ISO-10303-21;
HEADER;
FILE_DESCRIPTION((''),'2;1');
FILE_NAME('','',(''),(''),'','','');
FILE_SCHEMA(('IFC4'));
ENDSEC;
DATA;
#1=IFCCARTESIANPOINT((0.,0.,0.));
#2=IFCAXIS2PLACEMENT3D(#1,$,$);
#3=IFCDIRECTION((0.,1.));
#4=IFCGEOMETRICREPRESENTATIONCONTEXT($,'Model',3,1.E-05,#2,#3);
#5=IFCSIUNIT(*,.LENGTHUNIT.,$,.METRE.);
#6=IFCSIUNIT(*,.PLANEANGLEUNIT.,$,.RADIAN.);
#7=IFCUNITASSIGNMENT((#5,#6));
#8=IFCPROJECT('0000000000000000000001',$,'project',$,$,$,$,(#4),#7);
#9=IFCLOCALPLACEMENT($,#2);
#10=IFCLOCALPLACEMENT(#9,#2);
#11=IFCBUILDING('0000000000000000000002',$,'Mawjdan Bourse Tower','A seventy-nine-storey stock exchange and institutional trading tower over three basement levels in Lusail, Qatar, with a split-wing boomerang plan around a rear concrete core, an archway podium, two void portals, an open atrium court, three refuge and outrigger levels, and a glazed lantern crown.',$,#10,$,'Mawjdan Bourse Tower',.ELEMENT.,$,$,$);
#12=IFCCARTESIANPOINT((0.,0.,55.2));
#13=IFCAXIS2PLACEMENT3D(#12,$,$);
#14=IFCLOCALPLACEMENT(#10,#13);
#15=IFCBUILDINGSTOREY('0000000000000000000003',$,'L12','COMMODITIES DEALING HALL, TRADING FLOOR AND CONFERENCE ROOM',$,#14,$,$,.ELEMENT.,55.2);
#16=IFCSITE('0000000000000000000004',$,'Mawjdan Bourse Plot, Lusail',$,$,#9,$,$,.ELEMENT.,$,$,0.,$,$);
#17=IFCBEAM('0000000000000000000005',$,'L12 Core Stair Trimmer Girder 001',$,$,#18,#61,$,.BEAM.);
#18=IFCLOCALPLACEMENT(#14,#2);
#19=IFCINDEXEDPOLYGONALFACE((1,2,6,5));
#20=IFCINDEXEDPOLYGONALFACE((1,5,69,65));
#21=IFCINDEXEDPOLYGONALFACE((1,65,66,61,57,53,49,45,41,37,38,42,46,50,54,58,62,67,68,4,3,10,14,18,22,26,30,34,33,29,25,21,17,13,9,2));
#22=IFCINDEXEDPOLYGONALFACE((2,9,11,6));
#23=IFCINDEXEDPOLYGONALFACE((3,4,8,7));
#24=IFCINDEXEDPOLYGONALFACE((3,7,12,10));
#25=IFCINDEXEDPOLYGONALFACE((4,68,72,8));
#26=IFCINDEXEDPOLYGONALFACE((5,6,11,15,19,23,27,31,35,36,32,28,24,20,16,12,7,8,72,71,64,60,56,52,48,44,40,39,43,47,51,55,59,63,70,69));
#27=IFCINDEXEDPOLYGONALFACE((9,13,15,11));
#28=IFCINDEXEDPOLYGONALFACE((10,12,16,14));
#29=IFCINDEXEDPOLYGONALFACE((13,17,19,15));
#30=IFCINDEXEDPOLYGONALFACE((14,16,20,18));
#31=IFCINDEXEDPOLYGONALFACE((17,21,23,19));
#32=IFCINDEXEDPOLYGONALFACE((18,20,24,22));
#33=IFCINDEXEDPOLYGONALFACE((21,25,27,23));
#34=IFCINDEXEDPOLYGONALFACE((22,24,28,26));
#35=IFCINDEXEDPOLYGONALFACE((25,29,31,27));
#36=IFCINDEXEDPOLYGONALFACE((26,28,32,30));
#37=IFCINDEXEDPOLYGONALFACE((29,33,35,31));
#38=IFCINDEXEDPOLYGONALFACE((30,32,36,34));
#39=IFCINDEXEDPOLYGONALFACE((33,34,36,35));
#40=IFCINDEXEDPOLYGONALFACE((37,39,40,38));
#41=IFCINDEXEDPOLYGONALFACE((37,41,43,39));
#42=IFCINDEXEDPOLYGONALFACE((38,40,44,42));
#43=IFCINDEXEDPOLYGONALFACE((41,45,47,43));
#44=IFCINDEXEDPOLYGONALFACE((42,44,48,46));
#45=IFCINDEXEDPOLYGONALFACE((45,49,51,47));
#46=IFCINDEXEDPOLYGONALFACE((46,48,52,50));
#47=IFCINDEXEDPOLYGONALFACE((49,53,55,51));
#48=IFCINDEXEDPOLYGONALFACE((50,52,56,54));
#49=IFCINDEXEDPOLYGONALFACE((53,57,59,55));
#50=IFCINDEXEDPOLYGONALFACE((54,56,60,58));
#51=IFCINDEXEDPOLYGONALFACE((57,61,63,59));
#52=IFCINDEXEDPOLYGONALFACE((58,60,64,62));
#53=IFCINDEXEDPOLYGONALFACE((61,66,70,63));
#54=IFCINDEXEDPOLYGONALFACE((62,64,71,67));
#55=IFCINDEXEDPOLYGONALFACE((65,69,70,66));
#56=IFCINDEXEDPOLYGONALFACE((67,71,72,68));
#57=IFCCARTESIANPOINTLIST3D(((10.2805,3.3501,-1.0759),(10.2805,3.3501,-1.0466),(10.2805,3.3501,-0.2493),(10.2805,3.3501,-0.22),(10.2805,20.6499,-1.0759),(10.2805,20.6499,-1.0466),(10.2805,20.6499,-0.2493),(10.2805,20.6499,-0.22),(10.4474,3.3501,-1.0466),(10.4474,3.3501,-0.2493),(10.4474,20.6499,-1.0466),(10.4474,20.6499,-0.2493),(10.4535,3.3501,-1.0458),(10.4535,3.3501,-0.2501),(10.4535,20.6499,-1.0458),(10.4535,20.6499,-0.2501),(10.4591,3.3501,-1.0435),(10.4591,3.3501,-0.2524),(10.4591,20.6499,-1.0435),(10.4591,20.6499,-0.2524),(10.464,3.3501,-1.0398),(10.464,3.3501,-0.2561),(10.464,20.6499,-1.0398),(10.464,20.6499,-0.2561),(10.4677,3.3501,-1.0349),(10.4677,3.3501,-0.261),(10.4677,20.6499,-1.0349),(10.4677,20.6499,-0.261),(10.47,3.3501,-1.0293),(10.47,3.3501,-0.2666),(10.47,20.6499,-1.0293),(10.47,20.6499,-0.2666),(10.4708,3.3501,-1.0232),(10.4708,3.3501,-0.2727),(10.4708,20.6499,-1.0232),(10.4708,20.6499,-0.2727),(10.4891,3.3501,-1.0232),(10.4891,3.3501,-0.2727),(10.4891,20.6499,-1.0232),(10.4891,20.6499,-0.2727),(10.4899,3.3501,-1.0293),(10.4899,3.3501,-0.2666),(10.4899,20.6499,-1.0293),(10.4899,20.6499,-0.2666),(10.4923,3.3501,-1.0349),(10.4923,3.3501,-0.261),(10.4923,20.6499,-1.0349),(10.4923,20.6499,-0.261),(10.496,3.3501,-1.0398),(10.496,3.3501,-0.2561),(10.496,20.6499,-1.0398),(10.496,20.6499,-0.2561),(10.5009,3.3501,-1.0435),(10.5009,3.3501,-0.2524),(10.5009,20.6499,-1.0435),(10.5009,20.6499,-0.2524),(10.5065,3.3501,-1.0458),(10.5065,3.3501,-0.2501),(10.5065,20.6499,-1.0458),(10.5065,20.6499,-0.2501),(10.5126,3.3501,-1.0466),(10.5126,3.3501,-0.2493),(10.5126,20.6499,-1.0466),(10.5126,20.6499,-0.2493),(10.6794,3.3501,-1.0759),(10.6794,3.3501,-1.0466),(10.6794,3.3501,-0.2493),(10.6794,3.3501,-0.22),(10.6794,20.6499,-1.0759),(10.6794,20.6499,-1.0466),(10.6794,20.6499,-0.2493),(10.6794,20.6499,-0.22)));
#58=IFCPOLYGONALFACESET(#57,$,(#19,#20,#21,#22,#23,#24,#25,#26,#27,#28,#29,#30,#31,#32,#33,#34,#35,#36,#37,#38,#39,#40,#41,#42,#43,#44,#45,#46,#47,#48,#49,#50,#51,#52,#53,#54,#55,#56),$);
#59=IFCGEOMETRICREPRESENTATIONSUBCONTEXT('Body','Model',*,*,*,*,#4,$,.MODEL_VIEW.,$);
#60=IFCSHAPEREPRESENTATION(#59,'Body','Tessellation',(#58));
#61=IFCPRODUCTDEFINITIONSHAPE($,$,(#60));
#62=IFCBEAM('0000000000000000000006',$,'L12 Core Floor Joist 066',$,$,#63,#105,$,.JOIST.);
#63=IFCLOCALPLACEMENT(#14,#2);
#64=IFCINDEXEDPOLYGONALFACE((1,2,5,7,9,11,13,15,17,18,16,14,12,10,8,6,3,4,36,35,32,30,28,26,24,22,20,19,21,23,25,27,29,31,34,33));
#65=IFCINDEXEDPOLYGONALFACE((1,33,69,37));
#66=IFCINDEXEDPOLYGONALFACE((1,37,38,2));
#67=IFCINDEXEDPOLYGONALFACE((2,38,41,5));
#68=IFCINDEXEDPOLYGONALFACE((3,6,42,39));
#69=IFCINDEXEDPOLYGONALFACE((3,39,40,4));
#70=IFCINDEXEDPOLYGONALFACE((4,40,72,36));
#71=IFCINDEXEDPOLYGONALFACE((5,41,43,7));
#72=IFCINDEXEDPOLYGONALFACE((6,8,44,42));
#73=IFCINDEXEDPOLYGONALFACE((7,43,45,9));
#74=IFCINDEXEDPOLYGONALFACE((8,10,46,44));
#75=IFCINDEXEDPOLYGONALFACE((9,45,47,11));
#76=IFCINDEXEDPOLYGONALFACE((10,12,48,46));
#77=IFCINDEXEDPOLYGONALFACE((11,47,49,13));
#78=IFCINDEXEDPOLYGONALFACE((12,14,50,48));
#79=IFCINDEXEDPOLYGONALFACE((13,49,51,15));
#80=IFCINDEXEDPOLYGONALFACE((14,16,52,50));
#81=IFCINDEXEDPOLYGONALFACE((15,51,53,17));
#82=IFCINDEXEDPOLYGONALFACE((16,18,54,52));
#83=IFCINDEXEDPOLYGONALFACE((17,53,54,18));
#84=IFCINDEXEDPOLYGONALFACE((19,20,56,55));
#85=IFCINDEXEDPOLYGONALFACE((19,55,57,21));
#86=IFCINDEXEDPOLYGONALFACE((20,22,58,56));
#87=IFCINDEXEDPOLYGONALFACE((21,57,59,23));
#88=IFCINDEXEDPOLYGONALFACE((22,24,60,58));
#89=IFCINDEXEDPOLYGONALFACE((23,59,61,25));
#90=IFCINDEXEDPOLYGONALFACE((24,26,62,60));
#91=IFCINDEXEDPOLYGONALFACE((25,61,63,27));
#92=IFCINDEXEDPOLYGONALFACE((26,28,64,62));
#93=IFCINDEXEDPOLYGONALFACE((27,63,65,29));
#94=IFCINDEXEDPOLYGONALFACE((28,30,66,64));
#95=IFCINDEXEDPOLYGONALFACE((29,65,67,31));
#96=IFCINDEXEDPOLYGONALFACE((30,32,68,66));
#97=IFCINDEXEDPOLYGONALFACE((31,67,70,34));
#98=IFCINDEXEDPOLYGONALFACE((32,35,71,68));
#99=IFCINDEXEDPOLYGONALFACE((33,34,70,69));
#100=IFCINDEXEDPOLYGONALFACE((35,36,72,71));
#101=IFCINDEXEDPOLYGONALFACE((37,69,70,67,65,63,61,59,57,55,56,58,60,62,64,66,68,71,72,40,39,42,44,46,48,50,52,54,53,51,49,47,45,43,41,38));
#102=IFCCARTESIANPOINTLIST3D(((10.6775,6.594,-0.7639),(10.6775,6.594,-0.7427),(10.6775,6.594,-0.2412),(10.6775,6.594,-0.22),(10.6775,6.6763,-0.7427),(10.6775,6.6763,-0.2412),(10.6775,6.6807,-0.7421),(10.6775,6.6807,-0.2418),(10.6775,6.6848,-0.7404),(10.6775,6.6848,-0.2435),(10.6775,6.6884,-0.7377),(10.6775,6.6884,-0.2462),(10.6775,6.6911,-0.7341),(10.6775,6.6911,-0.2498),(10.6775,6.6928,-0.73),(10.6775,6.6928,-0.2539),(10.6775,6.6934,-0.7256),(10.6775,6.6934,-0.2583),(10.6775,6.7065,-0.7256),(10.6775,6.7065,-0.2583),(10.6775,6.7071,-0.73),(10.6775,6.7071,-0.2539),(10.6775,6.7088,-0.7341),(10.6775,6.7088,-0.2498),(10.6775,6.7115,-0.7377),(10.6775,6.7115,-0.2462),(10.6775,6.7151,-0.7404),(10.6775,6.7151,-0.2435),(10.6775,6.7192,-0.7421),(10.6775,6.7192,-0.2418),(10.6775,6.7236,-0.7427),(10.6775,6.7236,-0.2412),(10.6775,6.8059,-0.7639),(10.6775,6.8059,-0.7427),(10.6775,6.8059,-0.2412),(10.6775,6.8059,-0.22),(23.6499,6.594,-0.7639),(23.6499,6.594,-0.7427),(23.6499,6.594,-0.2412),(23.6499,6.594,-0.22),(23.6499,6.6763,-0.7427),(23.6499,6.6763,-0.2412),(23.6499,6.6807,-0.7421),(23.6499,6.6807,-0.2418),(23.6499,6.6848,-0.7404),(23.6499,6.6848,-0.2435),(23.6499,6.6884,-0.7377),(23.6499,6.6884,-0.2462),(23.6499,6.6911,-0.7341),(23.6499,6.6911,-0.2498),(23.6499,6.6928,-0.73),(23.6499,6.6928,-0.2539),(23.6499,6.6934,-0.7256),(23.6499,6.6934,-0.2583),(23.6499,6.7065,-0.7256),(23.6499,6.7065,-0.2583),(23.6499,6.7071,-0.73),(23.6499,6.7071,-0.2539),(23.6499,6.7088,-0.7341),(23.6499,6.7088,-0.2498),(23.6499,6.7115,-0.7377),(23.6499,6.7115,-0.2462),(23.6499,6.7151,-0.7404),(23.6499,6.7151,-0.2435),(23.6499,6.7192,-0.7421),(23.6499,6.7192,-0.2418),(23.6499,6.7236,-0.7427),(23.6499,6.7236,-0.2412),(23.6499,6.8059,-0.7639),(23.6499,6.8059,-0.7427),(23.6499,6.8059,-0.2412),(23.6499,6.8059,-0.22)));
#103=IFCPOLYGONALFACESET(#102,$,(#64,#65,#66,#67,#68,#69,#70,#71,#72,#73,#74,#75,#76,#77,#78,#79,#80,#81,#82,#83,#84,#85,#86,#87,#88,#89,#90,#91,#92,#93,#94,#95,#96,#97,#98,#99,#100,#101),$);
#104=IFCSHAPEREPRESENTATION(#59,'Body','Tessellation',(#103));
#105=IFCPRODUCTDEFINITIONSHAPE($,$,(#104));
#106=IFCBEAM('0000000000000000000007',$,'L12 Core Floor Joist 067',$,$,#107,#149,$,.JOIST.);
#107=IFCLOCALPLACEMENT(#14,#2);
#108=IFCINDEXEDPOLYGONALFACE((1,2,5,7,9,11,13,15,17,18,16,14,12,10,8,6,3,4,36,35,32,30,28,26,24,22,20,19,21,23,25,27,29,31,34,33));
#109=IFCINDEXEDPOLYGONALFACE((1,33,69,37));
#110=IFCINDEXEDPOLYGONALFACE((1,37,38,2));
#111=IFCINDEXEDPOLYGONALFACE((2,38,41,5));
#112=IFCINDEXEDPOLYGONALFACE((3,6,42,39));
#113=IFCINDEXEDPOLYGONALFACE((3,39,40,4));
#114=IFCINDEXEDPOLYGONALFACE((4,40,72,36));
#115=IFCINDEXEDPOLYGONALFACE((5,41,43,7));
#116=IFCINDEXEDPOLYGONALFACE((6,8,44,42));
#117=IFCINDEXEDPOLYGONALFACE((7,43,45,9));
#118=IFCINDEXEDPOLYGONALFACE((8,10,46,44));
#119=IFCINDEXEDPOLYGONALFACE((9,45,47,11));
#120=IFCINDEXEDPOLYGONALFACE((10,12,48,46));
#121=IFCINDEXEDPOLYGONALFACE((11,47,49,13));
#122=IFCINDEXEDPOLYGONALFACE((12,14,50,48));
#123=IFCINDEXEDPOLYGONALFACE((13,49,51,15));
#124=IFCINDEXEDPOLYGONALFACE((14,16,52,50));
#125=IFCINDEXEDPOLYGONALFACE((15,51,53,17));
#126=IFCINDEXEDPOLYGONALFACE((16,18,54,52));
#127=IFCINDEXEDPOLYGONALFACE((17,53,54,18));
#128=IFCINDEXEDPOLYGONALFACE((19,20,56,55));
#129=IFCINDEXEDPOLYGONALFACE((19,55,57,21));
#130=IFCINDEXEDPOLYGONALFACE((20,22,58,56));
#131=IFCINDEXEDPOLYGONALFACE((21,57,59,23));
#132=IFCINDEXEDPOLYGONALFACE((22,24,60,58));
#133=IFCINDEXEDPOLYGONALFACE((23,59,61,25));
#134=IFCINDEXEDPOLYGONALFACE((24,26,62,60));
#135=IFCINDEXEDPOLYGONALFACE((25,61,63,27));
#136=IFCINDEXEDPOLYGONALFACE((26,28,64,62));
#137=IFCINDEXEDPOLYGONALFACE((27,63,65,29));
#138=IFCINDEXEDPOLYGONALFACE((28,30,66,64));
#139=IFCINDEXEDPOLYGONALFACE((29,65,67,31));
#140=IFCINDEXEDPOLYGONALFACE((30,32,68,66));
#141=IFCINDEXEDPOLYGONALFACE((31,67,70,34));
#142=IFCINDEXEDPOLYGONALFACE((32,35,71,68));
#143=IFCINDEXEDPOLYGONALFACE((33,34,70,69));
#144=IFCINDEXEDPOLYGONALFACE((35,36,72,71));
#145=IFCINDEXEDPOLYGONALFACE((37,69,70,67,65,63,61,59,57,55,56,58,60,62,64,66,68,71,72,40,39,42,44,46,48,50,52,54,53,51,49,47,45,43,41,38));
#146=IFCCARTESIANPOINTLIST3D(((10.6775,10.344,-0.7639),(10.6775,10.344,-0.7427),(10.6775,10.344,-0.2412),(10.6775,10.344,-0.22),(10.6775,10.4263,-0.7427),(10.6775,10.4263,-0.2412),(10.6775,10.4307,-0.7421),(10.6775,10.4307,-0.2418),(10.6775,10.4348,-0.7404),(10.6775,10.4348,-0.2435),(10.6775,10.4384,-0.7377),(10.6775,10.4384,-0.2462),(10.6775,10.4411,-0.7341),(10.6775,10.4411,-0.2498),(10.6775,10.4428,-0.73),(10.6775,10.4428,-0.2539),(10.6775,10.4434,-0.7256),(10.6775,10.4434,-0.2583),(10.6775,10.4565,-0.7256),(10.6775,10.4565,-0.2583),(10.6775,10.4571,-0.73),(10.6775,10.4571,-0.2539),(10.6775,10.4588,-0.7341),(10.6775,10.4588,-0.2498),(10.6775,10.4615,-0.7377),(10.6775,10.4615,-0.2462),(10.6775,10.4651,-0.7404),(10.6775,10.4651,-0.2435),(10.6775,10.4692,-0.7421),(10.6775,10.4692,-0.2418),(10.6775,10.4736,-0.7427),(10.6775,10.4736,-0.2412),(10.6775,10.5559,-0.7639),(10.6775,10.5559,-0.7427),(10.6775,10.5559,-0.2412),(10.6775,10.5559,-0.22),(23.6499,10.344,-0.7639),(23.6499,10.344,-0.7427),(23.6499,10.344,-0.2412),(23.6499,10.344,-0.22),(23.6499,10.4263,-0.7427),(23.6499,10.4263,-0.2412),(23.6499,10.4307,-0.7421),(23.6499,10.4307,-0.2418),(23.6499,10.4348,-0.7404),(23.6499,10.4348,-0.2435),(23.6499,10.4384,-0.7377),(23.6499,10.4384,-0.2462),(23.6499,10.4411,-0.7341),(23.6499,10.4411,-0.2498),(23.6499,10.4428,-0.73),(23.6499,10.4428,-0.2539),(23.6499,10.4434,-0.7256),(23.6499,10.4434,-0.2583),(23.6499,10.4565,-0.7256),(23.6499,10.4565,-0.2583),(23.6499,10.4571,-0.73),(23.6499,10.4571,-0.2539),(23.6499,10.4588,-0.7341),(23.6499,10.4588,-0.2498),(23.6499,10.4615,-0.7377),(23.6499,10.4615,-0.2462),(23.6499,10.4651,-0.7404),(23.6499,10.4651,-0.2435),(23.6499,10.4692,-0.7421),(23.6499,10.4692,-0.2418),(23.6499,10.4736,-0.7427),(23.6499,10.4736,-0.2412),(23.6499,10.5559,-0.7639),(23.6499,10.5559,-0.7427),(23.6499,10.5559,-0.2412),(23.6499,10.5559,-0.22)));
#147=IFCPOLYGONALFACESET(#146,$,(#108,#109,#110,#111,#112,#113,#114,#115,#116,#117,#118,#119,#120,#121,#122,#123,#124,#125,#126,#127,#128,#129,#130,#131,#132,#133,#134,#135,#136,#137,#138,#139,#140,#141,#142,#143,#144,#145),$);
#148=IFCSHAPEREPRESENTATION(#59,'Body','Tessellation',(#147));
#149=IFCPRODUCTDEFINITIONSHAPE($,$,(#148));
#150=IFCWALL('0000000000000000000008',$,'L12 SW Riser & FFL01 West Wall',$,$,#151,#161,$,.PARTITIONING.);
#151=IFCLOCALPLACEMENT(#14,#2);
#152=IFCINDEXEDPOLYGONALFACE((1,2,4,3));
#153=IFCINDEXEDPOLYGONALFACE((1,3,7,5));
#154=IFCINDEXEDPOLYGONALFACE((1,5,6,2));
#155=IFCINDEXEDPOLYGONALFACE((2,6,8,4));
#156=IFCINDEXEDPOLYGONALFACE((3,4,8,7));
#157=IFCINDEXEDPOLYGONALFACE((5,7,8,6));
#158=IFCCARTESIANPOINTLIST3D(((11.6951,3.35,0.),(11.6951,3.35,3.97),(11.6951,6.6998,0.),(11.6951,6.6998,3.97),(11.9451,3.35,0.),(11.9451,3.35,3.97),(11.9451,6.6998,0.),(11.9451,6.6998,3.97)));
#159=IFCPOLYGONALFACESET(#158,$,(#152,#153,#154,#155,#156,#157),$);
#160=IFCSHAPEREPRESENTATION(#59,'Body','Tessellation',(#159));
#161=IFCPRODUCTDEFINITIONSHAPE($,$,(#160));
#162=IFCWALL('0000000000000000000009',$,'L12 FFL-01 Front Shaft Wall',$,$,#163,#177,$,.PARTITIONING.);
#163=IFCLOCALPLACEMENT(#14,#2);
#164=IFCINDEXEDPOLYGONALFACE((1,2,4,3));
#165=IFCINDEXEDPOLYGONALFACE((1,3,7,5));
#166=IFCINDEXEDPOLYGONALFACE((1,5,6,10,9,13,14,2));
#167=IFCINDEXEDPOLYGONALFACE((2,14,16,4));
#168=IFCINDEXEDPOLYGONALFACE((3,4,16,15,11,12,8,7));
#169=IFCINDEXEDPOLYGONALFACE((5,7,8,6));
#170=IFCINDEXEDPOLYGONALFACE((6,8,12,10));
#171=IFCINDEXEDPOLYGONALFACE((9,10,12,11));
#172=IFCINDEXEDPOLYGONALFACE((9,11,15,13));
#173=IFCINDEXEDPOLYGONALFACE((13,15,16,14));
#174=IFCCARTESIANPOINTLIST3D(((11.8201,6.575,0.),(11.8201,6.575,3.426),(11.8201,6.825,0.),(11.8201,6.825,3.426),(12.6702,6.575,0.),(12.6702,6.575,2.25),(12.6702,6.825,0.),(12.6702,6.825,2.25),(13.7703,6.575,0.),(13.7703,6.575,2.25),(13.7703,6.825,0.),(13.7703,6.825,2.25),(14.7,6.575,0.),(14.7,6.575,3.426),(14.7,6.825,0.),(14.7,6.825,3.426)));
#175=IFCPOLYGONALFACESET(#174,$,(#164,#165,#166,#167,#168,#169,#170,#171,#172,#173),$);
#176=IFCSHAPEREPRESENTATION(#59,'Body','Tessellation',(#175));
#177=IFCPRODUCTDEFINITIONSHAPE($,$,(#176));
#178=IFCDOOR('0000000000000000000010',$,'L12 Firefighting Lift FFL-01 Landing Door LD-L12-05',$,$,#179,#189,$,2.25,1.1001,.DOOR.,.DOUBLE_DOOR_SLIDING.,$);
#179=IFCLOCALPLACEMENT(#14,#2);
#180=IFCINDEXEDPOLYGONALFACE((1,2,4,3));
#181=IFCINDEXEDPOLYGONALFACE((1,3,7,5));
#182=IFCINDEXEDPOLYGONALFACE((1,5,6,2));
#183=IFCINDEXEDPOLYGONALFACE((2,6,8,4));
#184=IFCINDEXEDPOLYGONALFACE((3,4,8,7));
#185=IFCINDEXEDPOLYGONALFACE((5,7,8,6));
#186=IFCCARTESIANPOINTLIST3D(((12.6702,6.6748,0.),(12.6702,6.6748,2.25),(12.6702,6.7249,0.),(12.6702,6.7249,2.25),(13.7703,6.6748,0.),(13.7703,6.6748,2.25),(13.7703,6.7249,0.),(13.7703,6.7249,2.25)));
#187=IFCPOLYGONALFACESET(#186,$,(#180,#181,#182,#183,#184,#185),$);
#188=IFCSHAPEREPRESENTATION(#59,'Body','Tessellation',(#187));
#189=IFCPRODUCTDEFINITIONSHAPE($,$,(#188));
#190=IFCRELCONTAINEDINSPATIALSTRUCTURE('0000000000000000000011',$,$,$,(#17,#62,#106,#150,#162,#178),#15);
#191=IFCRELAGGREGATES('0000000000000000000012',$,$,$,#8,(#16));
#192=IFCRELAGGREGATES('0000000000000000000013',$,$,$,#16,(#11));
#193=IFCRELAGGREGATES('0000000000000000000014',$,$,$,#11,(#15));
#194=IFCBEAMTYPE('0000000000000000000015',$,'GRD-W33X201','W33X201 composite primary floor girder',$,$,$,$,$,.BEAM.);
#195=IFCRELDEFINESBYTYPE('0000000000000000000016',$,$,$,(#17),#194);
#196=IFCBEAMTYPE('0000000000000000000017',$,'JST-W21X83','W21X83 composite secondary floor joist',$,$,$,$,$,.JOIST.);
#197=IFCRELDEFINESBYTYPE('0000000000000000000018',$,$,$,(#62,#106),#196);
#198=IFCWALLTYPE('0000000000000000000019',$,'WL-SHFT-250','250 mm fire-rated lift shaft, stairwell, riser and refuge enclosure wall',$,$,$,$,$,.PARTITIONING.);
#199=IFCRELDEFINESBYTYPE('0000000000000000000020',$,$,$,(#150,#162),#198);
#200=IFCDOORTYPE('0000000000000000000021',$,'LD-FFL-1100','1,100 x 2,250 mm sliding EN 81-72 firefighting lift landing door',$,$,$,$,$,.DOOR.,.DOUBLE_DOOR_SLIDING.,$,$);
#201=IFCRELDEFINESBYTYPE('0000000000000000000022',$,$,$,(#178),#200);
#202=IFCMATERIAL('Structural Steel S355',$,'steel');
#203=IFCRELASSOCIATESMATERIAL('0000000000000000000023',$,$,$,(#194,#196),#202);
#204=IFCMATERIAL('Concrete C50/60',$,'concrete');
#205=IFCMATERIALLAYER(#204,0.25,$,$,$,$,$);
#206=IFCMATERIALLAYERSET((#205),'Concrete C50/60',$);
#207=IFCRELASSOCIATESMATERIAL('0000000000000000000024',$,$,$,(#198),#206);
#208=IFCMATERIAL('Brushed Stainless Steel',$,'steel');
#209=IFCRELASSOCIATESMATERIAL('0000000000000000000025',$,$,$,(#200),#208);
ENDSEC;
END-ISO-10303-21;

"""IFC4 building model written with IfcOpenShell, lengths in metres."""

from ifc_helpers import new_model, si_unit, direction, frame, frame_2d, origin, origin_2d, place, context, subcontext, project, spatial, rectangle, i_section, extrude, material, layer, layer_set, material_profile, profile_set, type_object, element, fill, save


model = new_model("IFC4")

# Units and contexts
model_context = context("Model", 3, precision=1e-05, world=origin(), true_north=direction((0.0, 1.0)))
body_context = subcontext(model_context, "Body", "Model", "MODEL_VIEW")
ifc_project = project(units=[si_unit("LENGTHUNIT", "METRE"), si_unit("PLANEANGLEUNIT", "RADIAN")], contexts=[model_context])

# Site, building, storey
site_placement = place(None, origin())
site = spatial("IfcSite", under=ifc_project, at=site_placement, Name="Mawjdan Bourse Plot, Lusail", CompositionType="ELEMENT", RefElevation=0.0)
building_placement = place(site_placement, origin())
building = spatial("IfcBuilding", under=site, at=building_placement, Name="Mawjdan Bourse Tower", Description="A seventy-nine-storey stock exchange and institutional trading tower over three basement levels in Lusail, Qatar, with a split-wing boomerang plan around a rear concrete core, an archway podium, two void portals, an open atrium court, three refuge and outrigger levels, and a glazed lantern crown.", LongName="Mawjdan Bourse Tower", CompositionType="ELEMENT")
storey_placement = place(building_placement, frame((0.0, 0.0, 55.2)))
storey = spatial("IfcBuildingStorey", under=building, at=storey_placement, Name="L12", Description="COMMODITIES DEALING HALL, TRADING FLOOR AND CONFERENCE ROOM", CompositionType="ELEMENT", Elevation=55.2)

# Beams
ifc_material_1 = material(Name="Structural Steel S355", Category="steel")
ifc_material_profile_1 = material_profile(ifc_material_1, i_section(OverallWidth=0.3989, OverallDepth=0.856, WebThickness=0.0183, FlangeThickness=0.0293, FilletRadius=0.0234, at=origin_2d()), Name="W33X201")
ifc_profile_set_1 = profile_set([ifc_material_profile_1], Name="Structural Steel S355")
beam_type_1 = type_object("IfcBeamType", Name="GRD-W33X201", Description="W33X201 composite primary floor girder", PredefinedType="BEAM", material=ifc_profile_set_1)
beam_placement = place(storey_placement, frame((10.48, 3.3501, -0.6479), z_axis=(0.0, 1.0, 0.0), x_axis=(-1.0, 0.0, 0.0)))
element("IfcBeam", 1, at=beam_placement, inside=storey, type_object=beam_type_1, Name="L12 Core Stair Trimmer Girder 001", PredefinedType="BEAM", context=body_context, shape_type="SweptSolid", body=[
    extrude(i_section(OverallWidth=0.3989, OverallDepth=0.856, WebThickness=0.0183, FlangeThickness=0.0293, FilletRadius=0.0234, at=origin_2d()), origin(), (0.0, 0.0, 1.0), 17.2998),
])
ifc_material_profile_2 = material_profile(ifc_material_1, i_section(OverallWidth=0.2119, OverallDepth=0.5439, WebThickness=0.0132, FlangeThickness=0.0212, FilletRadius=0.0171, at=origin_2d()), Name="W21X83")
ifc_profile_set_2 = profile_set([ifc_material_profile_2], Name="Structural Steel S355")
beam_type_2 = type_object("IfcBeamType", Name="JST-W21X83", Description="W21X83 composite secondary floor joist", PredefinedType="JOIST", material=ifc_profile_set_2)
for number, where, z_axis, x_axis, name in (
    (2, (10.6775, 6.7, -0.4919), (1.0, 0.0, 0.0), (0.0, 1.0, 0.0), "L12 Core Floor Joist 066"),
    (3, (10.6775, 10.45, -0.4919), (1.0, 0.0, 0.0), (0.0, 1.0, 0.0), "L12 Core Floor Joist 067"),
):
    element("IfcBeam", number, at=place(storey_placement, frame(where, z_axis=z_axis, x_axis=x_axis)), inside=storey, type_object=beam_type_2, Name=name, PredefinedType="JOIST", context=body_context, shape_type="SweptSolid", body=[
        extrude(i_section(OverallWidth=0.2119, OverallDepth=0.5439, WebThickness=0.0132, FlangeThickness=0.0212, FilletRadius=0.0171, at=origin_2d()), origin(), (0.0, 0.0, 1.0), 12.9724),
    ])

# Wall
ifc_material_2 = material(Name="Concrete C50/60", Category="concrete")
ifc_layer = layer(ifc_material_2, 0.25)
ifc_layer_set = layer_set([ifc_layer], Name="Concrete C50/60")
wall_type = type_object("IfcWallType", Name="WL-SHFT-250", Description="250 mm fire-rated lift shaft, stairwell, riser and refuge enclosure wall", PredefinedType="PARTITIONING", material=ifc_layer_set)
wall_1_placement = place(storey_placement, frame((11.8201, 3.3501, 0.0), z_axis=(0.0, 0.0, 1.0), x_axis=(0.0, 1.0, 0.0)))
element("IfcWall", 4, at=wall_1_placement, inside=storey, type_object=wall_type, Name="L12 SW Riser & FFL01 West Wall", PredefinedType="PARTITIONING", context=body_context, shape_type="SweptSolid", body=[
    extrude(rectangle(XDim=3.3499, YDim=0.25, at=frame_2d((1.6748, 0.0))), origin(), (0.0, 0.0, 1.0), 3.97),
])

# Wall, opening, door
wall_2_placement = place(storey_placement, frame((11.8201, 6.7, 0.0), z_axis=(0.0, 0.0, 1.0), x_axis=(1.0, 0.0, 0.0)))
wall_2 = element("IfcWall", 5, at=wall_2_placement, inside=storey, type_object=wall_type, Name="L12 FFL-01 Front Shaft Wall", PredefinedType="PARTITIONING", context=body_context, shape_type="SweptSolid", body=[
    extrude(rectangle(XDim=2.8799, YDim=0.25, at=frame_2d((1.4399, 0.0))), origin(), (0.0, 0.0, 1.0), 3.426),
])
opening_1_placement = place(wall_2_placement, frame((0.8501, 0.0, 0.0)))
opening_1 = element("IfcOpeningElement", 6, at=opening_1_placement, cuts=wall_2, PredefinedType="OPENING", context=body_context, shape_type="SweptSolid", body=[
    extrude(rectangle(XDim=1.1001, YDim=2.25, at=frame_2d((0.55, 1.125))), frame((0.0, 0.135, 0.0), z_axis=(0.0, -1.0, 0.0), x_axis=(1.0, 0.0, 0.0)), (0.0, 0.0, 1.0), 0.27),
])
ifc_material_3 = material(Name="Brushed Stainless Steel", Category="steel")
door_type_1 = type_object("IfcDoorType", Name="LD-FFL-1100", Description="1,100 x 2,250 mm sliding EN 81-72 firefighting lift landing door", OperationType="DOUBLE_DOOR_SLIDING", PredefinedType="DOOR", material=ifc_material_3)
door_1_placement = place(opening_1_placement, origin())
door_1 = element("IfcDoor", 7, at=door_1_placement, inside=storey, type_object=door_type_1, Name="L12 Firefighting Lift FFL-01 Landing Door LD-L12-05", OperationType="DOUBLE_DOOR_SLIDING", OverallHeight=2.25, OverallWidth=1.1001, PredefinedType="DOOR", context=body_context, shape_type="SweptSolid", body=[
    extrude(rectangle(XDim=1.1001, YDim=2.25, at=frame_2d((0.55, 1.125))), frame((0.0, 0.0249, 0.0), z_axis=(0.0, -1.0, 0.0), x_axis=(1.0, 0.0, 0.0)), (0.0, 0.0, 1.0), 0.05),
])
fill(opening_1, door_1)

save(model, "model.ifc")
